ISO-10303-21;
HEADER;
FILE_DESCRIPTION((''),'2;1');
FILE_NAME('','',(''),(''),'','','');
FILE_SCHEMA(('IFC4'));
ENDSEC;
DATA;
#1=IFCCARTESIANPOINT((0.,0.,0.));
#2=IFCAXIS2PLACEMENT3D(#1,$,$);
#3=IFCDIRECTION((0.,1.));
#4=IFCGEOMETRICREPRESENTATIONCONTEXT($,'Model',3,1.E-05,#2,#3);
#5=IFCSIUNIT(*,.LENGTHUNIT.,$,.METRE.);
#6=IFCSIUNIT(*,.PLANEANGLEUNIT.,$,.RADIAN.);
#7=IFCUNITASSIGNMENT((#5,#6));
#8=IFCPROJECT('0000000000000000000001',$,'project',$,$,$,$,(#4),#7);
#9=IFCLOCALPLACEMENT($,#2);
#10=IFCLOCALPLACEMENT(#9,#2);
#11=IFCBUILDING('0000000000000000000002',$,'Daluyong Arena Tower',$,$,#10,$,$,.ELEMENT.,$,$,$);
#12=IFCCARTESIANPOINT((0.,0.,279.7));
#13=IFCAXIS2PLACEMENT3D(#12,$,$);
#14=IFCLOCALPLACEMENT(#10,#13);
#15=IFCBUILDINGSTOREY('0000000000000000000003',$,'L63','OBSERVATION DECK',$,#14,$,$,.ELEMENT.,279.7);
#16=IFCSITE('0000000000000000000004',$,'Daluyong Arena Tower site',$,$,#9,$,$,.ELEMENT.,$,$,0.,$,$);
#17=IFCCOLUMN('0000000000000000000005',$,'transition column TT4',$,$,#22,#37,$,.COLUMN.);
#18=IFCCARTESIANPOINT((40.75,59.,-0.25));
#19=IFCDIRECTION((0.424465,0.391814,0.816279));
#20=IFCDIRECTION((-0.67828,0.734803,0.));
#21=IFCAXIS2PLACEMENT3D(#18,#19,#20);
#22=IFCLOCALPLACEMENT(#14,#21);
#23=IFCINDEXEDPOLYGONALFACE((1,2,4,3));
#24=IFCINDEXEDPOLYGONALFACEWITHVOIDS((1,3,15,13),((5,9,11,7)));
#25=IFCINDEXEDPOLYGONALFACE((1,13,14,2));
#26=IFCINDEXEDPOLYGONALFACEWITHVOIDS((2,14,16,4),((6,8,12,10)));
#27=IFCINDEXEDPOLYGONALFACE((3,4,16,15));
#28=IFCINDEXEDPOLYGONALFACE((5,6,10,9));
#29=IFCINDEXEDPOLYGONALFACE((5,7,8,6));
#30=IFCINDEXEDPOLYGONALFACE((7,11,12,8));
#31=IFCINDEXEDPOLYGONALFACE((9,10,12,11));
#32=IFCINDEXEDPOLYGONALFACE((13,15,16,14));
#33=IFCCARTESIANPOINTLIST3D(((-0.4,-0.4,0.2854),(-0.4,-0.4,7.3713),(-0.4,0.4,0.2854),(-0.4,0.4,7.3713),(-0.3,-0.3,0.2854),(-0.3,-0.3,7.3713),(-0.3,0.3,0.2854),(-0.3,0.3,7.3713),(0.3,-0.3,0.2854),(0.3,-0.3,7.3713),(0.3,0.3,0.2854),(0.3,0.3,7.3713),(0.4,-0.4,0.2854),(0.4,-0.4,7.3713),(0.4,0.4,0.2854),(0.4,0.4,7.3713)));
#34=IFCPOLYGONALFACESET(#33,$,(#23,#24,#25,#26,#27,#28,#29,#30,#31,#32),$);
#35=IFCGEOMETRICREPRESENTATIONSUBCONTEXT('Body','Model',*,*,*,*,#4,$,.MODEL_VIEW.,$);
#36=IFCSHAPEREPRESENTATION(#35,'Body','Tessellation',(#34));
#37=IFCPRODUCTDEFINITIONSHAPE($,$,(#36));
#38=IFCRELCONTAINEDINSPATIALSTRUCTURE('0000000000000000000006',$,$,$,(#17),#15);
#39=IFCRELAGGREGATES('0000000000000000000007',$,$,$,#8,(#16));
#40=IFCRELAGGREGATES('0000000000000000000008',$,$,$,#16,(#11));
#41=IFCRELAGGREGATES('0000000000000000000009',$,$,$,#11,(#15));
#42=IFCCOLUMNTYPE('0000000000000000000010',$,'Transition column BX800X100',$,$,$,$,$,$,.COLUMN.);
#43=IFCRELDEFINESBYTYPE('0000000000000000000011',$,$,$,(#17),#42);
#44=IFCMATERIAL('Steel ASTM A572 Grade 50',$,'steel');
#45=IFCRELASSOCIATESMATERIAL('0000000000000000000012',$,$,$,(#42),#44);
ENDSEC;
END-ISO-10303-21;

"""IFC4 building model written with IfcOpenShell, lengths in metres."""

from ifc_helpers import new_model, si_unit, direction, frame, origin, origin_2d, place, context, subcontext, project, spatial, hollow_rectangle, extrude, clip, halfspace, material, material_profile, profile_set, type_object, element, save


model = new_model("IFC4")

# Units and contexts
model_context = context("Model", 3, precision=1e-05, world=origin(), true_north=direction((0.0, 1.0)))
body_context = subcontext(model_context, "Body", "Model", "MODEL_VIEW")
ifc_project = project(units=[si_unit("LENGTHUNIT", "METRE"), si_unit("PLANEANGLEUNIT", "RADIAN")], contexts=[model_context])

# Site, building, storey
site_placement = place(None, origin())
site = spatial("IfcSite", under=ifc_project, at=site_placement, Name="Daluyong Arena Tower site", CompositionType="ELEMENT", RefElevation=0.0)
building_placement = place(site_placement, origin())
building = spatial("IfcBuilding", under=site, at=building_placement, Name="Daluyong Arena Tower", CompositionType="ELEMENT")
storey_placement = place(building_placement, frame((0.0, 0.0, 279.7)))
storey = spatial("IfcBuildingStorey", under=building, at=storey_placement, Name="L63", Description="OBSERVATION DECK", CompositionType="ELEMENT", Elevation=279.7)

# Column
ifc_material_1 = material(Name="Steel ASTM A572 Grade 50", Category="steel")
ifc_material_profile_1 = material_profile(ifc_material_1, hollow_rectangle(XDim=0.8, YDim=0.8, WallThickness=0.1, at=origin_2d()))
ifc_profile_set_1 = profile_set([ifc_material_profile_1], Name="Steel ASTM A572 Grade 50")
column_type_1 = type_object("IfcColumnType", Name="Transition column BX800X100", PredefinedType="COLUMN", material=ifc_profile_set_1)
column_1_placement = place(storey_placement, frame((40.75, 59.0, -0.25), z_axis=(0.424465, 0.391814, 0.816279), x_axis=(-0.67828, 0.734803, 0.0)))
element("IfcColumn", 1, at=column_1_placement, inside=storey, type_object=column_type_1, Name="transition column TT4", PredefinedType="COLUMN", context=body_context, shape_type="Clipping", body=[
    clip(clip(extrude(hollow_rectangle(XDim=0.8, YDim=0.8, WallThickness=0.1, at=origin_2d()), origin(), (0.0, 0.0, 1.0), 7.6567), halfspace(frame((0.0, 0.0, 0.2854), z_axis=(0.0, 0.0, 1.0), x_axis=(1.0, 0.0, 0.0)), True)), halfspace(frame((0.0, 0.0, 7.3713), z_axis=(0.0, 0.0, -1.0), x_axis=(1.0, 0.0, 0.0)), True)),
])

save(model, "model.ifc")
